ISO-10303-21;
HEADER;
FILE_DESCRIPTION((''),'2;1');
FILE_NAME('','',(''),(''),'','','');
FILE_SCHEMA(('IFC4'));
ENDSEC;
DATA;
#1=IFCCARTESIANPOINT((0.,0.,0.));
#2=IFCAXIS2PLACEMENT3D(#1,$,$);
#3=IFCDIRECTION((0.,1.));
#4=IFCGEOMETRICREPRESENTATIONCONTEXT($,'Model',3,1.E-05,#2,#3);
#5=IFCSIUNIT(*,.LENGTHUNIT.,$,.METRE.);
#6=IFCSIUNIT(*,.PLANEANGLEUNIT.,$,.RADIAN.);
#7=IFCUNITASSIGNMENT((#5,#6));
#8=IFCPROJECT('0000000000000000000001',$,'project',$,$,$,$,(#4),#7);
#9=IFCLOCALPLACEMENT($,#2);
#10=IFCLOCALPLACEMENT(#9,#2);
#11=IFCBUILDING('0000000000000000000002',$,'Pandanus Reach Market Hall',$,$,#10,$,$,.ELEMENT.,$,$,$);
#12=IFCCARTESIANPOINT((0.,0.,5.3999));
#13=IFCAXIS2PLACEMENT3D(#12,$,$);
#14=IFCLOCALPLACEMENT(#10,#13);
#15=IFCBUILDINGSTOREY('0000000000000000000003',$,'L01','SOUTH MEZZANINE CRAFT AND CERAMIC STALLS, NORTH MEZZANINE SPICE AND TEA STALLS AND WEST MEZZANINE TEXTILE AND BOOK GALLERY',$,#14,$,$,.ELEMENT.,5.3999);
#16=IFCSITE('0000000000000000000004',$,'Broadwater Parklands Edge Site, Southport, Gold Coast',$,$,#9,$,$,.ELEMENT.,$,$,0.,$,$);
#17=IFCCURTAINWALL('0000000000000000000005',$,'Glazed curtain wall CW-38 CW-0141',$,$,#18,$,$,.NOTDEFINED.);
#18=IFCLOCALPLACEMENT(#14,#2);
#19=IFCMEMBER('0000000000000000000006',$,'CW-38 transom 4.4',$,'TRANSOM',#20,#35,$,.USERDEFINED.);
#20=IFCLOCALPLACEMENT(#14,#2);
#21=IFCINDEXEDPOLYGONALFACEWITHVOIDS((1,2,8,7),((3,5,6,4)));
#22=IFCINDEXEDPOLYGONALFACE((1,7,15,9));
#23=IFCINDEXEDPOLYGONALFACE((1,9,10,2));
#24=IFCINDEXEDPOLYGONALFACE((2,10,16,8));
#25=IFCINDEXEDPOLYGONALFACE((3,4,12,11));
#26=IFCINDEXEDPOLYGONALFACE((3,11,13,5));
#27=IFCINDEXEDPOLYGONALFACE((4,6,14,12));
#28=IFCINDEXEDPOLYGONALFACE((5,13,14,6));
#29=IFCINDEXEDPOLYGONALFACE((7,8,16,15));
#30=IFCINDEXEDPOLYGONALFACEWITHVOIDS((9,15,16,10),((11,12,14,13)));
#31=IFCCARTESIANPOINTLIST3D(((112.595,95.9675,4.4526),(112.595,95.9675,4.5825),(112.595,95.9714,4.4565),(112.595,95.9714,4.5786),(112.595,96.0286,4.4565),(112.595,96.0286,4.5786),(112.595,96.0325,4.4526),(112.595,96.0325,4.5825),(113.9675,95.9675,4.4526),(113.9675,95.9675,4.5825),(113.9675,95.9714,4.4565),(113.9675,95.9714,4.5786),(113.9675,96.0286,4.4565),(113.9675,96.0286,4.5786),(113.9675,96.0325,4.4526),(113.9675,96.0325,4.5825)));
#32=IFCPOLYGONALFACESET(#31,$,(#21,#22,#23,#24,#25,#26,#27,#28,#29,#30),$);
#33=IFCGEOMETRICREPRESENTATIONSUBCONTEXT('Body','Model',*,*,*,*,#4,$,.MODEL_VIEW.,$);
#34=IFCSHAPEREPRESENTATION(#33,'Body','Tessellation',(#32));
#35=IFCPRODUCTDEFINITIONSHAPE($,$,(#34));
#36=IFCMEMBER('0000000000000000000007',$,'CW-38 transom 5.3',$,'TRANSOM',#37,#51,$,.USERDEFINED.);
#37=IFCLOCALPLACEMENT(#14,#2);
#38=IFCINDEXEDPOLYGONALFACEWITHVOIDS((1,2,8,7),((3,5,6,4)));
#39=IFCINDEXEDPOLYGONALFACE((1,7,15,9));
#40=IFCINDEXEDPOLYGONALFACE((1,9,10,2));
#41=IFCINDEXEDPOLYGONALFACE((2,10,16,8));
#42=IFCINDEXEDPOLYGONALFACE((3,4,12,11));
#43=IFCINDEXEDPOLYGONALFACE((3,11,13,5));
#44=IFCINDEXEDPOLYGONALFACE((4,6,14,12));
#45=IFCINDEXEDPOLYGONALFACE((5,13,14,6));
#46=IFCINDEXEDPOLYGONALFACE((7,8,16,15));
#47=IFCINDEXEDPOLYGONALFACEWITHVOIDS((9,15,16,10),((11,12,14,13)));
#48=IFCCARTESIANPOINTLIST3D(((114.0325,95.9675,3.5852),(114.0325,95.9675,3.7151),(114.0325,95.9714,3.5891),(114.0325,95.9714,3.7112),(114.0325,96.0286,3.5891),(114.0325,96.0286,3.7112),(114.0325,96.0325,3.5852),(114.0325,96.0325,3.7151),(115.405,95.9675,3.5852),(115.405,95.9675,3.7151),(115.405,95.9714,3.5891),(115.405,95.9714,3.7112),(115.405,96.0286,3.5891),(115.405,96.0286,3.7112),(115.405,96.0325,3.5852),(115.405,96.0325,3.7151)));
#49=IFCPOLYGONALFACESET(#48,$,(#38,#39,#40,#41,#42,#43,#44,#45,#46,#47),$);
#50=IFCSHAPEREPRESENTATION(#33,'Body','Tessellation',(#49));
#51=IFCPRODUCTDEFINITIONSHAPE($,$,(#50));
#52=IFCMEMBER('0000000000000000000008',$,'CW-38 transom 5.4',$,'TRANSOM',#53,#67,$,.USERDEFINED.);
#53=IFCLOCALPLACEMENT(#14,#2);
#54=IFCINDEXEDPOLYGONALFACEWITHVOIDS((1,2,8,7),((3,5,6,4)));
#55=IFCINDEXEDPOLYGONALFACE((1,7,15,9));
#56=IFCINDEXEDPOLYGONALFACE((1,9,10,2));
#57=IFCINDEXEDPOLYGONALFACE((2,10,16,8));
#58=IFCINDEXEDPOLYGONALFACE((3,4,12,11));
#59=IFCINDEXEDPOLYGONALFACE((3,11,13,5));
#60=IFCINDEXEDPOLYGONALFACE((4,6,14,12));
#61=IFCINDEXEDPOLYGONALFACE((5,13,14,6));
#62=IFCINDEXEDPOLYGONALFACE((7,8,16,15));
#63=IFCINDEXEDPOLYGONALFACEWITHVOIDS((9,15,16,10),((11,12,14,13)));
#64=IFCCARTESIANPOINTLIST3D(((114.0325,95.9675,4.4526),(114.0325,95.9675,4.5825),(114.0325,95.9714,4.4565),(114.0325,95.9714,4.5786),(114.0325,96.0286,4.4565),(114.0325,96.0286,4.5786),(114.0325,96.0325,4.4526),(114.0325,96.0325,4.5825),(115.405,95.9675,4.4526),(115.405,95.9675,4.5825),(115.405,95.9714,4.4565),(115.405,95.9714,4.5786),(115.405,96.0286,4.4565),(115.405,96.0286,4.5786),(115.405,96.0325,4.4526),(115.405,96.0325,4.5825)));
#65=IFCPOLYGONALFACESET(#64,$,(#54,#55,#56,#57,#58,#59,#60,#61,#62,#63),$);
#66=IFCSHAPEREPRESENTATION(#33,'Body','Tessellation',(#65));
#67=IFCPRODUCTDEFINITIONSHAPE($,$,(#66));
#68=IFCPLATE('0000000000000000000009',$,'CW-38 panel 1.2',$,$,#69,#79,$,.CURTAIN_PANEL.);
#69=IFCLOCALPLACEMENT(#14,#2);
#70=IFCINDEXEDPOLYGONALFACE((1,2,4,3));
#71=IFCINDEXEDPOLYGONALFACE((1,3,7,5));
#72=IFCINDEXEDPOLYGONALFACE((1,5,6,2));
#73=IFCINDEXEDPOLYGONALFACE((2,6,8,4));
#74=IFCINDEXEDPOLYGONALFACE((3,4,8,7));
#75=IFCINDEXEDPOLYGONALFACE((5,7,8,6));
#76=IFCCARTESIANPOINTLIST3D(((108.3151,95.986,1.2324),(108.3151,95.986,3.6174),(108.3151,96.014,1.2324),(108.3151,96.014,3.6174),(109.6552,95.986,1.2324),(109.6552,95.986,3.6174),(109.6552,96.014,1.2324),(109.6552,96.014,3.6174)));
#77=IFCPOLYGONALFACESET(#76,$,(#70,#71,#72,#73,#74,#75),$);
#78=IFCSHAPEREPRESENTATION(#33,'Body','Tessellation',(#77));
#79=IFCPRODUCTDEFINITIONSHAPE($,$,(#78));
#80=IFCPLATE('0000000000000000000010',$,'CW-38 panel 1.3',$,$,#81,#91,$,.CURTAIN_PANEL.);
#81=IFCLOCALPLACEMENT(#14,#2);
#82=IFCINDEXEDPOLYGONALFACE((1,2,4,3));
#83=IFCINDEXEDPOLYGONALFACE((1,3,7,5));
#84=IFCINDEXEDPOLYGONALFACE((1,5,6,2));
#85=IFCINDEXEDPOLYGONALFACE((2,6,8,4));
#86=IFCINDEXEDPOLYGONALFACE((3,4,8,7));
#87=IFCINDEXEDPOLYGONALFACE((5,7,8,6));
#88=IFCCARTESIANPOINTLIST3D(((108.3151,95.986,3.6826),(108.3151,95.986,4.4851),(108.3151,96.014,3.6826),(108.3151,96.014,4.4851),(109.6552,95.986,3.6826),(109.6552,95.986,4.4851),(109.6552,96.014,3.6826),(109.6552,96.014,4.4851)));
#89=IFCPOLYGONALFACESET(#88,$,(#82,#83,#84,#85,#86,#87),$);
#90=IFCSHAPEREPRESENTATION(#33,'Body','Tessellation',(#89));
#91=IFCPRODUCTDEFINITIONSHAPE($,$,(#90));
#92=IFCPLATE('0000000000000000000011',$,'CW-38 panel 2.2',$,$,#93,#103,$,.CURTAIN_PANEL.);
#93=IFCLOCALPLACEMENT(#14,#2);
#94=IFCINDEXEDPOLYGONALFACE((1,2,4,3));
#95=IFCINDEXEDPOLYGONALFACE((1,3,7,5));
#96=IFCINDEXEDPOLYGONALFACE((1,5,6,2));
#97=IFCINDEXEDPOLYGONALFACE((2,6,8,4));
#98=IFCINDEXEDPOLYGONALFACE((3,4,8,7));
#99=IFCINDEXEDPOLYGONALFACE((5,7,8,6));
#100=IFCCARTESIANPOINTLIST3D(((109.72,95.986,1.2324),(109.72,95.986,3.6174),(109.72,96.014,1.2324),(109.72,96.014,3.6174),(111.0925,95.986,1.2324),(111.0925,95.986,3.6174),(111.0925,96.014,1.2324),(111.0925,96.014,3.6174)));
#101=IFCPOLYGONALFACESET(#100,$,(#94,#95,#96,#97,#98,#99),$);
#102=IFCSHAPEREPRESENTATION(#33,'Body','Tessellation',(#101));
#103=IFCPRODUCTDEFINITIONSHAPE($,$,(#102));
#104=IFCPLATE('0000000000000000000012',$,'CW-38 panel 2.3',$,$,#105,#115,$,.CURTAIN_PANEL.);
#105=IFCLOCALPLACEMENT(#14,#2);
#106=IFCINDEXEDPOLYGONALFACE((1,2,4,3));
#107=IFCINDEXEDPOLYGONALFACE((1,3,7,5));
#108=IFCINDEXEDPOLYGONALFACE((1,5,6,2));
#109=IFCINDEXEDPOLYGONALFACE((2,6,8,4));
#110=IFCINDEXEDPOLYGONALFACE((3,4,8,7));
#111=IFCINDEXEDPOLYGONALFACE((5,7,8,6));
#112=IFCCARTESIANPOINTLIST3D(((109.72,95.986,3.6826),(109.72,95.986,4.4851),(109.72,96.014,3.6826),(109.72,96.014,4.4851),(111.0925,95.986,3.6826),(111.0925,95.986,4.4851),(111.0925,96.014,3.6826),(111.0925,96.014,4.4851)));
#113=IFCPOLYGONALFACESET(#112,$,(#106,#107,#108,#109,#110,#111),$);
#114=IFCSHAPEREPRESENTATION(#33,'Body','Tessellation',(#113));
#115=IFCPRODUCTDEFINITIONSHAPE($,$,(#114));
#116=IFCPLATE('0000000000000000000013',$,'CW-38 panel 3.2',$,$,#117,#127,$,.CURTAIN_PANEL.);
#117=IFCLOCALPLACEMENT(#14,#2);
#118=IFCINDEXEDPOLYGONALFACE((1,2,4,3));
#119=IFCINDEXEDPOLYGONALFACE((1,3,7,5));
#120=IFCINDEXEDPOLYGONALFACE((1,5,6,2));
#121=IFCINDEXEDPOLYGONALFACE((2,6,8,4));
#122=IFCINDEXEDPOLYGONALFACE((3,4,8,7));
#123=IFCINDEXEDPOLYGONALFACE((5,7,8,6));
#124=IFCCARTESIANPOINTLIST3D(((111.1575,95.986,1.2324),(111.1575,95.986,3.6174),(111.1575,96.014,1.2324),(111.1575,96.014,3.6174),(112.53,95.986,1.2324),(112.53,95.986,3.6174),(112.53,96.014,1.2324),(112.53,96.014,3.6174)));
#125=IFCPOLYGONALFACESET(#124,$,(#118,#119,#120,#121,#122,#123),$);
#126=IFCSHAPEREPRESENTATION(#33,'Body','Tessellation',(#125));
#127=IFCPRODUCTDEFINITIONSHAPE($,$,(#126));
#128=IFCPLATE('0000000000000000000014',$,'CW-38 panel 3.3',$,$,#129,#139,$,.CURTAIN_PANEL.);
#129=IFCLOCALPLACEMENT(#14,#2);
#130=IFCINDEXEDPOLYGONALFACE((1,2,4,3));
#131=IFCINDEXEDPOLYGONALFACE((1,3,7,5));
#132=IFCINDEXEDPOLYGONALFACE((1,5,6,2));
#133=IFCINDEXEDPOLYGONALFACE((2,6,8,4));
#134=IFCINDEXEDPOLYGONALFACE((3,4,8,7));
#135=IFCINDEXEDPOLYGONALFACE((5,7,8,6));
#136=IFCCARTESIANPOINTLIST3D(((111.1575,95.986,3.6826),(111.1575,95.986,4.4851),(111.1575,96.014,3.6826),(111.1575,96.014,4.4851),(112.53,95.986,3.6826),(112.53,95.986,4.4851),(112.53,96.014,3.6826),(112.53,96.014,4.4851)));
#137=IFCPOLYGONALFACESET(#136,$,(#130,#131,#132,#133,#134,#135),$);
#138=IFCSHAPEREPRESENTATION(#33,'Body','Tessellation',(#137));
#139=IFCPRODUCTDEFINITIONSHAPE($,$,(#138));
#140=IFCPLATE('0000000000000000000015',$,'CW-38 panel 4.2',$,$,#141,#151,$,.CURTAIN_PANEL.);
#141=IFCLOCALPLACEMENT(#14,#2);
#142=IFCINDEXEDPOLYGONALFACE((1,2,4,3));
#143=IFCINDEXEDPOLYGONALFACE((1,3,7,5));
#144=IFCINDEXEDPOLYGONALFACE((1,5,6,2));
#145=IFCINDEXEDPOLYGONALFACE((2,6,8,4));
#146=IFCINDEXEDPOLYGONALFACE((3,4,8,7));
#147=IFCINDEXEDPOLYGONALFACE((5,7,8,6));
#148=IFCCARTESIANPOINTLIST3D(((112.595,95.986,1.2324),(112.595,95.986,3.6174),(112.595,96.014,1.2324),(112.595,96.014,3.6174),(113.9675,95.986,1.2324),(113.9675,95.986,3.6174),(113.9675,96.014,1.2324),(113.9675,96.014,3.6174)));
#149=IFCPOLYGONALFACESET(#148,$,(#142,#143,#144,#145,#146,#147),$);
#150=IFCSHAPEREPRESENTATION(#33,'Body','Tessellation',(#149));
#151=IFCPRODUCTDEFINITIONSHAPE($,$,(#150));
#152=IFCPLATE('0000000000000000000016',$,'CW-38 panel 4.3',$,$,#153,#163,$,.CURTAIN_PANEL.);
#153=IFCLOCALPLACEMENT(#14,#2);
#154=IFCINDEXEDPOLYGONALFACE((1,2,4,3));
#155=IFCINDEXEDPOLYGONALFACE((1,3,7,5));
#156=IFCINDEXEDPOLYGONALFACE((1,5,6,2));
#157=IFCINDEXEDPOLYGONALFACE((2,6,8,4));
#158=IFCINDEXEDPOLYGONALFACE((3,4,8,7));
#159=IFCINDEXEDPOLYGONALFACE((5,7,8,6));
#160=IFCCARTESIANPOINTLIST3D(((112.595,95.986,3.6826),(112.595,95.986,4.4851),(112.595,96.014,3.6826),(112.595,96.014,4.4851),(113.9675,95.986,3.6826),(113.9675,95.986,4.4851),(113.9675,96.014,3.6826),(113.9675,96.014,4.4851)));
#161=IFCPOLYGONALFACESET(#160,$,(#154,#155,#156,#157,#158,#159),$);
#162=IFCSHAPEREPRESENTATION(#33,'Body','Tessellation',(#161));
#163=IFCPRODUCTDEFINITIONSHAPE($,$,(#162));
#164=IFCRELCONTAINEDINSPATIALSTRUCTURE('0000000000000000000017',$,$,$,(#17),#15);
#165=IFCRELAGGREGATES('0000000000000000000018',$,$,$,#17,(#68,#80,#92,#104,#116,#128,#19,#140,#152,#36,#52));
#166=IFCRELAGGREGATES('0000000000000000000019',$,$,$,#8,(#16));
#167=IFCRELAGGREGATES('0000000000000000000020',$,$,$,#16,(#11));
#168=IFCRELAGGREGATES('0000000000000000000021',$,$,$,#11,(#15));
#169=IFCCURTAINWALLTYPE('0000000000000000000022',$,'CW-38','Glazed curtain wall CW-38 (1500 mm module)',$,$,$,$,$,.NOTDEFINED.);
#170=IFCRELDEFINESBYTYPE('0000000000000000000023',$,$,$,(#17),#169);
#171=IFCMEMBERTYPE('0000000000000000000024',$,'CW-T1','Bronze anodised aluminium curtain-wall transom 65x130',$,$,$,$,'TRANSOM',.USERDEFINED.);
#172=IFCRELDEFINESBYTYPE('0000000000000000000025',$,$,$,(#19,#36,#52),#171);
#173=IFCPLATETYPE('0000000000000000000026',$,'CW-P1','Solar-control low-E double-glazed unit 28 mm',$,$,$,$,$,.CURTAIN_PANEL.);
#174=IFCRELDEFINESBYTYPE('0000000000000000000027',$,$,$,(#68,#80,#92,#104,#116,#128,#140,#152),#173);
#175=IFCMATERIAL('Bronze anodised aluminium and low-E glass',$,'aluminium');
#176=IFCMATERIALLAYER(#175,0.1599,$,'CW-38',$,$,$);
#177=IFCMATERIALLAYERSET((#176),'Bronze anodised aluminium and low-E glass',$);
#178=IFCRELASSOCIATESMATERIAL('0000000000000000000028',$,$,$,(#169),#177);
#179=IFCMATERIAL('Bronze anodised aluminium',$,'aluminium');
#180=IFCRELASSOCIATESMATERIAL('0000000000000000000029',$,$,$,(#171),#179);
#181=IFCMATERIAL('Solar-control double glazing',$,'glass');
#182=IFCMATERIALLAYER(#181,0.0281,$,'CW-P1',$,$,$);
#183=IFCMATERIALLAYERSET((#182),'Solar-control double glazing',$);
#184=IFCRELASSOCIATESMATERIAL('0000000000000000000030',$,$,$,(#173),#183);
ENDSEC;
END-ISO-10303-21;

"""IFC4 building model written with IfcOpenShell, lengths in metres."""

from ifc_helpers import new_model, si_unit, direction, frame, origin, origin_2d, place, context, subcontext, project, spatial, rectangle, hollow_rectangle, extrude, material, layer, layer_set, material_profile, profile_set, type_object, element, aggregate, save


model = new_model("IFC4")

# Units and contexts
model_context = context("Model", 3, precision=1e-05, world=origin(), true_north=direction((0.0, 1.0)))
body_context = subcontext(model_context, "Body", "Model", "MODEL_VIEW")
ifc_project = project(units=[si_unit("LENGTHUNIT", "METRE"), si_unit("PLANEANGLEUNIT", "RADIAN")], contexts=[model_context])

# Site, building, storey
site_placement = place(None, origin())
site = spatial("IfcSite", under=ifc_project, at=site_placement, Name="Broadwater Parklands Edge Site, Southport, Gold Coast", CompositionType="ELEMENT", RefElevation=0.0)
building_placement = place(site_placement, origin())
building = spatial("IfcBuilding", under=site, at=building_placement, Name="Pandanus Reach Market Hall", CompositionType="ELEMENT")
storey_placement = place(building_placement, frame((0.0, 0.0, 5.3999)))
storey = spatial("IfcBuildingStorey", under=building, at=storey_placement, Name="L01", Description="SOUTH MEZZANINE CRAFT AND CERAMIC STALLS, NORTH MEZZANINE SPICE AND TEA STALLS AND WEST MEZZANINE TEXTILE AND BOOK GALLERY", CompositionType="ELEMENT", Elevation=5.3999)

# Curtain wall, members, plates
ifc_material_1 = material(Name="Bronze anodised aluminium and low-E glass", Category="aluminium")
ifc_layer_1 = layer(ifc_material_1, 0.1599, Name="CW-38")
ifc_layer_set_1 = layer_set([ifc_layer_1], Name="Bronze anodised aluminium and low-E glass")
curtain_wall_type = type_object("IfcCurtainWallType", Name="CW-38", Description="Glazed curtain wall CW-38 (1500 mm module)", PredefinedType="NOTDEFINED", material=ifc_layer_set_1)
curtain_wall_placement = place(storey_placement, origin())
curtain_wall = element("IfcCurtainWall", 1, at=curtain_wall_placement, inside=storey, type_object=curtain_wall_type, Name="Glazed curtain wall CW-38 CW-0141", PredefinedType="NOTDEFINED")
ifc_material_2 = material(Name="Bronze anodised aluminium", Category="aluminium")
ifc_material_profile_1 = material_profile(ifc_material_2, hollow_rectangle(XDim=0.0649, YDim=0.1299, WallThickness=0.0039, at=origin_2d()), Name="ALU65x130", Category="LoadBearing")
ifc_profile_set_1 = profile_set([ifc_material_profile_1], Name="Bronze anodised aluminium")
member_type = type_object("IfcMemberType", Name="CW-T1", Description="Bronze anodised aluminium curtain-wall transom 65x130", ElementType="TRANSOM", PredefinedType="USERDEFINED", material=ifc_profile_set_1)
member_1_placement = place(storey_placement, frame((112.595, 96.0, 4.5176), z_axis=(1.0, 0.0, 0.0), x_axis=(0.0, 1.0, 0.0)))
member_1 = element("IfcMember", 2, at=member_1_placement, type_object=member_type, Name="CW-38 transom 4.4", ObjectType="TRANSOM", PredefinedType="USERDEFINED", context=body_context, shape_type="SweptSolid", body=[
    extrude(hollow_rectangle(XDim=0.0649, YDim=0.1299, WallThickness=0.0039, at=origin_2d()), origin(), (0.0, 0.0, 1.0), 1.3726),
])
member_2_placement = place(storey_placement, frame((114.0325, 96.0, 3.6501), z_axis=(1.0, 0.0, 0.0), x_axis=(0.0, 1.0, 0.0)))
member_2 = element("IfcMember", 3, at=member_2_placement, type_object=member_type, Name="CW-38 transom 5.3", ObjectType="TRANSOM", PredefinedType="USERDEFINED", context=body_context, shape_type="SweptSolid", body=[
    extrude(hollow_rectangle(XDim=0.0649, YDim=0.1299, WallThickness=0.0039, at=origin_2d()), origin(), (0.0, 0.0, 1.0), 1.3726),
])
member_3_placement = place(storey_placement, frame((114.0325, 96.0, 4.5176), z_axis=(1.0, 0.0, 0.0), x_axis=(0.0, 1.0, 0.0)))
member_3 = element("IfcMember", 4, at=member_3_placement, type_object=member_type, Name="CW-38 transom 5.4", ObjectType="TRANSOM", PredefinedType="USERDEFINED", context=body_context, shape_type="SweptSolid", body=[
    extrude(hollow_rectangle(XDim=0.0649, YDim=0.1299, WallThickness=0.0039, at=origin_2d()), origin(), (0.0, 0.0, 1.0), 1.3726),
])
ifc_material_3 = material(Name="Solar-control double glazing", Category="glass")
ifc_layer_2 = layer(ifc_material_3, 0.0281, Name="CW-P1")
ifc_layer_set_2 = layer_set([ifc_layer_2], Name="Solar-control double glazing")
plate_type = type_object("IfcPlateType", Name="CW-P1", Description="Solar-control low-E double-glazed unit 28 mm", PredefinedType="CURTAIN_PANEL", material=ifc_layer_set_2)
plate_1_placement = place(storey_placement, frame((108.9851, 96.0, 1.2324), z_axis=(0.0, 0.0, 1.0), x_axis=(1.0, 0.0, 0.0)))
plate_1 = element("IfcPlate", 5, at=plate_1_placement, type_object=plate_type, Name="CW-38 panel 1.2", PredefinedType="CURTAIN_PANEL", context=body_context, shape_type="SweptSolid", body=[
    extrude(rectangle(XDim=1.3401, YDim=0.0281, at=origin_2d()), origin(), (0.0, 0.0, 1.0), 2.385),
])
plate_2_placement = place(storey_placement, frame((108.9851, 96.0, 3.6826), z_axis=(0.0, 0.0, 1.0), x_axis=(1.0, 0.0, 0.0)))
plate_2 = element("IfcPlate", 6, at=plate_2_placement, type_object=plate_type, Name="CW-38 panel 1.3", PredefinedType="CURTAIN_PANEL", context=body_context, shape_type="SweptSolid", body=[
    extrude(rectangle(XDim=1.3401, YDim=0.0281, at=origin_2d()), origin(), (0.0, 0.0, 1.0), 0.8025),
])
plate_3_placement = place(storey_placement, frame((110.4062, 96.0, 1.2324), z_axis=(0.0, 0.0, 1.0), x_axis=(1.0, 0.0, 0.0)))
plate_3 = element("IfcPlate", 7, at=plate_3_placement, type_object=plate_type, Name="CW-38 panel 2.2", PredefinedType="CURTAIN_PANEL", context=body_context, shape_type="SweptSolid", body=[
    extrude(rectangle(XDim=1.3726, YDim=0.0281, at=origin_2d()), origin(), (0.0, 0.0, 1.0), 2.385),
])
plate_4_placement = place(storey_placement, frame((110.4062, 96.0, 3.6826), z_axis=(0.0, 0.0, 1.0), x_axis=(1.0, 0.0, 0.0)))
plate_4 = element("IfcPlate", 8, at=plate_4_placement, type_object=plate_type, Name="CW-38 panel 2.3", PredefinedType="CURTAIN_PANEL", context=body_context, shape_type="SweptSolid", body=[
    extrude(rectangle(XDim=1.3726, YDim=0.0281, at=origin_2d()), origin(), (0.0, 0.0, 1.0), 0.8025),
])
plate_5_placement = place(storey_placement, frame((111.8438, 96.0, 1.2324), z_axis=(0.0, 0.0, 1.0), x_axis=(1.0, 0.0, 0.0)))
plate_5 = element("IfcPlate", 9, at=plate_5_placement, type_object=plate_type, Name="CW-38 panel 3.2", PredefinedType="CURTAIN_PANEL", context=body_context, shape_type="SweptSolid", body=[
    extrude(rectangle(XDim=1.3726, YDim=0.0281, at=origin_2d()), origin(), (0.0, 0.0, 1.0), 2.385),
])
plate_6_placement = place(storey_placement, frame((111.8438, 96.0, 3.6826), z_axis=(0.0, 0.0, 1.0), x_axis=(1.0, 0.0, 0.0)))
plate_6 = element("IfcPlate", 10, at=plate_6_placement, type_object=plate_type, Name="CW-38 panel 3.3", PredefinedType="CURTAIN_PANEL", context=body_context, shape_type="SweptSolid", body=[
    extrude(rectangle(XDim=1.3726, YDim=0.0281, at=origin_2d()), origin(), (0.0, 0.0, 1.0), 0.8025),
])
plate_7_placement = place(storey_placement, frame((113.2812, 96.0, 1.2324), z_axis=(0.0, 0.0, 1.0), x_axis=(1.0, 0.0, 0.0)))
plate_7 = element("IfcPlate", 11, at=plate_7_placement, type_object=plate_type, Name="CW-38 panel 4.2", PredefinedType="CURTAIN_PANEL", context=body_context, shape_type="SweptSolid", body=[
    extrude(rectangle(XDim=1.3726, YDim=0.0281, at=origin_2d()), origin(), (0.0, 0.0, 1.0), 2.385),
])
plate_8_placement = place(storey_placement, frame((113.2812, 96.0, 3.6826), z_axis=(0.0, 0.0, 1.0), x_axis=(1.0, 0.0, 0.0)))
plate_8 = element("IfcPlate", 12, at=plate_8_placement, type_object=plate_type, Name="CW-38 panel 4.3", PredefinedType="CURTAIN_PANEL", context=body_context, shape_type="SweptSolid", body=[
    extrude(rectangle(XDim=1.3726, YDim=0.0281, at=origin_2d()), origin(), (0.0, 0.0, 1.0), 0.8025),
])
aggregate(curtain_wall, [plate_1, plate_2, plate_3, plate_4, plate_5, plate_6, member_1, plate_7, plate_8, member_2, member_3])

save(model, "model.ifc")
